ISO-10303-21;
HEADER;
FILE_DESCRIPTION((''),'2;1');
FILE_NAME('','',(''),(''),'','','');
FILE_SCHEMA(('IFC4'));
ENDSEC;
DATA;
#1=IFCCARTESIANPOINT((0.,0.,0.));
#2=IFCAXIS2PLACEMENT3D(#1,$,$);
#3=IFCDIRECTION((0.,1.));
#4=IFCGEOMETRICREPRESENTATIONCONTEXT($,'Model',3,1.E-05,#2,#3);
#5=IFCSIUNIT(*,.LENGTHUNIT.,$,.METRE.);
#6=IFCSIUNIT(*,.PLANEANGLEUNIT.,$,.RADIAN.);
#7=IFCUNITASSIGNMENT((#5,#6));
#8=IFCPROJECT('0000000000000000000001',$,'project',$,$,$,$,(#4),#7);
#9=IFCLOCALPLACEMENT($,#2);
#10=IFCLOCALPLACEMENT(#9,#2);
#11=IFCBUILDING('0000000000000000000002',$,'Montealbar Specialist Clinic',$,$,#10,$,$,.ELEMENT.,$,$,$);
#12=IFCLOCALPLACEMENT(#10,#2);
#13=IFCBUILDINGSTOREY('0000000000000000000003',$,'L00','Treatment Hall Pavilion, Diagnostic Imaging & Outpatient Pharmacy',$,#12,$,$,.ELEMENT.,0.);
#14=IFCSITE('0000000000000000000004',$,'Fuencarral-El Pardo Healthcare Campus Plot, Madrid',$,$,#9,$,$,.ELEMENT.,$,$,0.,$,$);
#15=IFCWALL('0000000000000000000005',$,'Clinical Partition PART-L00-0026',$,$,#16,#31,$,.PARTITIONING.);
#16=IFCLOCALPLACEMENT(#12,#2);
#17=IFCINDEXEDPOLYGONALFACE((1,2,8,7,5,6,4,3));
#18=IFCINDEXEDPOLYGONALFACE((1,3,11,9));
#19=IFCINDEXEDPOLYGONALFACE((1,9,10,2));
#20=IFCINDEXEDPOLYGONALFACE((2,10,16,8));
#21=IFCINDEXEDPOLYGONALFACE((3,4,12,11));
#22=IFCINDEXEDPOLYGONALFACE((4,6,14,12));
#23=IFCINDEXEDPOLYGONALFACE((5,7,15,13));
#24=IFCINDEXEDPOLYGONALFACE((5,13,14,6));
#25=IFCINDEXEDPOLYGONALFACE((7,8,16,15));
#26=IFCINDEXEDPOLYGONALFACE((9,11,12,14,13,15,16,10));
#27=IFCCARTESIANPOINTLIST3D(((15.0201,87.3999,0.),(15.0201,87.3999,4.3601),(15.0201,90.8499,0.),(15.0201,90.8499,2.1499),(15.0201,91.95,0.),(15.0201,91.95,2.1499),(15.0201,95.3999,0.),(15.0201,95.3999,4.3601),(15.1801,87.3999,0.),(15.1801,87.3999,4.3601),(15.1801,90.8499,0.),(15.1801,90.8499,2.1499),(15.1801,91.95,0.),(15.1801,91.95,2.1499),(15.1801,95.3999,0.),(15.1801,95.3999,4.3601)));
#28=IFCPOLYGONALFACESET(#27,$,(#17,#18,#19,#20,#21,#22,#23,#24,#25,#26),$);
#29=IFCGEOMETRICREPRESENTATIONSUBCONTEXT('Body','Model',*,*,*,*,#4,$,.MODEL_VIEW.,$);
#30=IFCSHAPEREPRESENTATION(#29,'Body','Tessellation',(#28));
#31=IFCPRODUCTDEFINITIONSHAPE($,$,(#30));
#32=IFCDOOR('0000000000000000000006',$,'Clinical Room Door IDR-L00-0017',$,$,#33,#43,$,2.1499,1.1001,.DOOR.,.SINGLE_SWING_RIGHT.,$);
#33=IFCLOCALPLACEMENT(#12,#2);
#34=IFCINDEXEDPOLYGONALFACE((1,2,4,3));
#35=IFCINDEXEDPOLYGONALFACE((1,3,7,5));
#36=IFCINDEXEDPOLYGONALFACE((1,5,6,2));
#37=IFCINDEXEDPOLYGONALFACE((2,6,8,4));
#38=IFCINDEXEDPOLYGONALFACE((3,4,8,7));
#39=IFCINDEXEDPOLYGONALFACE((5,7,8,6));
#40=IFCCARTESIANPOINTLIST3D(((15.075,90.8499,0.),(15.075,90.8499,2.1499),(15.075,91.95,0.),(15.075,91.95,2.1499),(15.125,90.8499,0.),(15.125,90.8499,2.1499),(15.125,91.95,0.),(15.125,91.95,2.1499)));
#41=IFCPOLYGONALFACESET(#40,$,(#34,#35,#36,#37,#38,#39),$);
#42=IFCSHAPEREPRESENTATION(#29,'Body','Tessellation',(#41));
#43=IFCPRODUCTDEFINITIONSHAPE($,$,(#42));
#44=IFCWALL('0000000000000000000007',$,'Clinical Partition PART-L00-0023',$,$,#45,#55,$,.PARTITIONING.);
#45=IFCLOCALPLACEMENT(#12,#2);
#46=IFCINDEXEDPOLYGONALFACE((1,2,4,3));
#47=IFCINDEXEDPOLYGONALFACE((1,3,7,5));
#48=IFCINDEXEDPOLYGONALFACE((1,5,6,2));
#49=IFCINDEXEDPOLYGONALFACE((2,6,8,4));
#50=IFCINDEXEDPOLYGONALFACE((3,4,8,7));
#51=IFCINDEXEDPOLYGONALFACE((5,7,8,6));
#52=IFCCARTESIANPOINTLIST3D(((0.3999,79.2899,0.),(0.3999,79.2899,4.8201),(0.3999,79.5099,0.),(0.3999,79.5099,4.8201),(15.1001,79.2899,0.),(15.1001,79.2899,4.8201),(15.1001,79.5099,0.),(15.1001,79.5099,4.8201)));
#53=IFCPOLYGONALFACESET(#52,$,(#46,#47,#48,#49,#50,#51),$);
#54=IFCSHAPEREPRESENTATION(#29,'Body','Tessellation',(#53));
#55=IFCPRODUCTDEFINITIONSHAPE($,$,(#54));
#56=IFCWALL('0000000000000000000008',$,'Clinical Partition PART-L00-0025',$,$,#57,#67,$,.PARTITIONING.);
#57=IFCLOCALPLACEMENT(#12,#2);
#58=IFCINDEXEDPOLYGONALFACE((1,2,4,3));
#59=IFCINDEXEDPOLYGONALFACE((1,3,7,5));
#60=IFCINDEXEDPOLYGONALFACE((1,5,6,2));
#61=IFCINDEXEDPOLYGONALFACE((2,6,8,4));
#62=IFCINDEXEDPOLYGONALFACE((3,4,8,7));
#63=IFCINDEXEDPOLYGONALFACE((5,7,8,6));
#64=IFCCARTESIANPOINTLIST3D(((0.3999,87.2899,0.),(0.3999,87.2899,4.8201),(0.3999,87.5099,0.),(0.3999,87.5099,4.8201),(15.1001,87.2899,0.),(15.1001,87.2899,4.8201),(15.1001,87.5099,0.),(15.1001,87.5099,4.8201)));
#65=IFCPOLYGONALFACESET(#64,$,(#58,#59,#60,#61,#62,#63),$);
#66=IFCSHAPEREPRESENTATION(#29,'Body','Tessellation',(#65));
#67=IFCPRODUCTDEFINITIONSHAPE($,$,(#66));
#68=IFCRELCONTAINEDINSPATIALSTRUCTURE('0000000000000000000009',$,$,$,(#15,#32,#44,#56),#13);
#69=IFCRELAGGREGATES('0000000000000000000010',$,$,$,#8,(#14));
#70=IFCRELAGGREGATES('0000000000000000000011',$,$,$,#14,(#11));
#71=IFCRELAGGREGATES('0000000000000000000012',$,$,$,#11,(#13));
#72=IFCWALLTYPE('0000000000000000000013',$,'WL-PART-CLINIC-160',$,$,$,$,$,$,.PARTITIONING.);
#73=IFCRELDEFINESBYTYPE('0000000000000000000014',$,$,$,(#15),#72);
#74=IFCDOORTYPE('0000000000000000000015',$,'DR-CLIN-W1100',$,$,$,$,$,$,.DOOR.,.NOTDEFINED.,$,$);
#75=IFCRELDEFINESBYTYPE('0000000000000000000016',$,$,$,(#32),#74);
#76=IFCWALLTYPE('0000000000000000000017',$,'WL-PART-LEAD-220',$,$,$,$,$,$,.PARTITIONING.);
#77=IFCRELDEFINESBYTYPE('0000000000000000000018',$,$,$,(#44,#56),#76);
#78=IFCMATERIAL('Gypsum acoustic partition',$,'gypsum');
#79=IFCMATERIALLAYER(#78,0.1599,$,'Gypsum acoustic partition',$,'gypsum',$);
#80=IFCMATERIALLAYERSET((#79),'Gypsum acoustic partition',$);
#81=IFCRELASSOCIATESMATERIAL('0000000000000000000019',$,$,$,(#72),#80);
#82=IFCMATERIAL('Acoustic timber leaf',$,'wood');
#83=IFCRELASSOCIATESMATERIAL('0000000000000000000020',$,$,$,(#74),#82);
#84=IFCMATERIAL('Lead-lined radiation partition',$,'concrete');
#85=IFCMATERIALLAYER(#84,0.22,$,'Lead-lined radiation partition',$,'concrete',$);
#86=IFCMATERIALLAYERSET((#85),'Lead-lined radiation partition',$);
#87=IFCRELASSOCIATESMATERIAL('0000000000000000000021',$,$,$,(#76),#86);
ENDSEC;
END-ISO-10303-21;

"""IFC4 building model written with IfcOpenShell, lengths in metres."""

from ifc_helpers import new_model, si_unit, direction, frame, frame_2d, origin, place, context, subcontext, project, spatial, rectangle, extrude, material, layer, layer_set, type_object, element, fill, save


model = new_model("IFC4")

# Units and contexts
model_context = context("Model", 3, precision=1e-05, world=origin(), true_north=direction((0.0, 1.0)))
body_context = subcontext(model_context, "Body", "Model", "MODEL_VIEW")
ifc_project = project(units=[si_unit("LENGTHUNIT", "METRE"), si_unit("PLANEANGLEUNIT", "RADIAN")], contexts=[model_context])

# Site, building, storey
site_placement = place(None, origin())
site = spatial("IfcSite", under=ifc_project, at=site_placement, Name="Fuencarral-El Pardo Healthcare Campus Plot, Madrid", CompositionType="ELEMENT", RefElevation=0.0)
building_placement = place(site_placement, origin())
building = spatial("IfcBuilding", under=site, at=building_placement, Name="Montealbar Specialist Clinic", CompositionType="ELEMENT")
storey_placement = place(building_placement, origin())
storey = spatial("IfcBuildingStorey", under=building, at=storey_placement, Name="L00", Description="Treatment Hall Pavilion, Diagnostic Imaging & Outpatient Pharmacy", CompositionType="ELEMENT", Elevation=0.0)

# Wall, opening, door
ifc_material_1 = material(Name="Gypsum acoustic partition", Category="gypsum")
ifc_layer_1 = layer(ifc_material_1, 0.1599, Name="Gypsum acoustic partition", Category="gypsum")
ifc_layer_set_1 = layer_set([ifc_layer_1], Name="Gypsum acoustic partition")
wall_type_1 = type_object("IfcWallType", Name="WL-PART-CLINIC-160", PredefinedType="PARTITIONING", material=ifc_layer_set_1)
ifc_material_2 = material(Name="Acoustic timber leaf", Category="wood")
wall_1_placement = place(storey_placement, frame((15.1001, 87.3999, 0.0), z_axis=(0.0, 0.0, 1.0), x_axis=(0.0, 1.0, 0.0)))
wall_1 = element("IfcWall", 1, at=wall_1_placement, inside=storey, type_object=wall_type_1, Name="Clinical Partition PART-L00-0026", PredefinedType="PARTITIONING", context=body_context, shape_type="SweptSolid", body=[
    extrude(rectangle(XDim=8.0, YDim=0.1599, at=frame_2d((4.0, 0.0))), origin(), (0.0, 0.0, 1.0), 4.3601),
])
opening_1_placement = place(wall_1_placement, frame((3.45, 0.0, 0.0)))
opening_1 = element("IfcOpeningElement", 2, at=opening_1_placement, cuts=wall_1, PredefinedType="OPENING", context=body_context, shape_type="SweptSolid", body=[
    extrude(rectangle(XDim=1.1001, YDim=2.1499, at=frame_2d((0.55, 1.075))), frame((0.0, 0.0898, 0.0), z_axis=(0.0, -1.0, 0.0), x_axis=(1.0, 0.0, 0.0)), (0.0, 0.0, 1.0), 0.1799),
])
door_type_1 = type_object("IfcDoorType", Name="DR-CLIN-W1100", OperationType="NOTDEFINED", PredefinedType="DOOR", material=ifc_material_2)
door_1_placement = place(opening_1_placement, frame((1.1001, 0.0, 0.0), z_axis=(0.0, 0.0, 1.0), x_axis=(-1.0, 0.0, 0.0)))
door_1 = element("IfcDoor", 3, at=door_1_placement, inside=storey, type_object=door_type_1, Name="Clinical Room Door IDR-L00-0017", OperationType="SINGLE_SWING_RIGHT", OverallHeight=2.1499, OverallWidth=1.1001, PredefinedType="DOOR", context=body_context, shape_type="SweptSolid", body=[
    extrude(rectangle(XDim=1.1001, YDim=2.1499, at=frame_2d((0.55, 1.075))), frame((0.0, 0.0249, 0.0), z_axis=(0.0, -1.0, 0.0), x_axis=(1.0, 0.0, 0.0)), (0.0, 0.0, 1.0), 0.05),
])
fill(opening_1, door_1)

# Walls
ifc_material_3 = material(Name="Lead-lined radiation partition", Category="concrete")
ifc_layer_2 = layer(ifc_material_3, 0.22, Name="Lead-lined radiation partition", Category="concrete")
ifc_layer_set_2 = layer_set([ifc_layer_2], Name="Lead-lined radiation partition")
wall_type_2 = type_object("IfcWallType", Name="WL-PART-LEAD-220", PredefinedType="PARTITIONING", material=ifc_layer_set_2)
for number, where, z_axis, x_axis, name in (
    (4, (0.3999, 79.3999, 0.0), (0.0, 0.0, 1.0), (1.0, 0.0, 0.0), "Clinical Partition PART-L00-0023"),
    (5, (0.3999, 87.3999, 0.0), (0.0, 0.0, 1.0), (1.0, 0.0, 0.0), "Clinical Partition PART-L00-0025"),
):
    element("IfcWall", number, at=place(storey_placement, frame(where, z_axis=z_axis, x_axis=x_axis)), inside=storey, type_object=wall_type_2, Name=name, PredefinedType="PARTITIONING", context=body_context, shape_type="SweptSolid", body=[
        extrude(rectangle(XDim=14.7002, YDim=0.22, at=frame_2d((7.3501, 0.0))), origin(), (0.0, 0.0, 1.0), 4.8201),
    ])

save(model, "model.ifc")
